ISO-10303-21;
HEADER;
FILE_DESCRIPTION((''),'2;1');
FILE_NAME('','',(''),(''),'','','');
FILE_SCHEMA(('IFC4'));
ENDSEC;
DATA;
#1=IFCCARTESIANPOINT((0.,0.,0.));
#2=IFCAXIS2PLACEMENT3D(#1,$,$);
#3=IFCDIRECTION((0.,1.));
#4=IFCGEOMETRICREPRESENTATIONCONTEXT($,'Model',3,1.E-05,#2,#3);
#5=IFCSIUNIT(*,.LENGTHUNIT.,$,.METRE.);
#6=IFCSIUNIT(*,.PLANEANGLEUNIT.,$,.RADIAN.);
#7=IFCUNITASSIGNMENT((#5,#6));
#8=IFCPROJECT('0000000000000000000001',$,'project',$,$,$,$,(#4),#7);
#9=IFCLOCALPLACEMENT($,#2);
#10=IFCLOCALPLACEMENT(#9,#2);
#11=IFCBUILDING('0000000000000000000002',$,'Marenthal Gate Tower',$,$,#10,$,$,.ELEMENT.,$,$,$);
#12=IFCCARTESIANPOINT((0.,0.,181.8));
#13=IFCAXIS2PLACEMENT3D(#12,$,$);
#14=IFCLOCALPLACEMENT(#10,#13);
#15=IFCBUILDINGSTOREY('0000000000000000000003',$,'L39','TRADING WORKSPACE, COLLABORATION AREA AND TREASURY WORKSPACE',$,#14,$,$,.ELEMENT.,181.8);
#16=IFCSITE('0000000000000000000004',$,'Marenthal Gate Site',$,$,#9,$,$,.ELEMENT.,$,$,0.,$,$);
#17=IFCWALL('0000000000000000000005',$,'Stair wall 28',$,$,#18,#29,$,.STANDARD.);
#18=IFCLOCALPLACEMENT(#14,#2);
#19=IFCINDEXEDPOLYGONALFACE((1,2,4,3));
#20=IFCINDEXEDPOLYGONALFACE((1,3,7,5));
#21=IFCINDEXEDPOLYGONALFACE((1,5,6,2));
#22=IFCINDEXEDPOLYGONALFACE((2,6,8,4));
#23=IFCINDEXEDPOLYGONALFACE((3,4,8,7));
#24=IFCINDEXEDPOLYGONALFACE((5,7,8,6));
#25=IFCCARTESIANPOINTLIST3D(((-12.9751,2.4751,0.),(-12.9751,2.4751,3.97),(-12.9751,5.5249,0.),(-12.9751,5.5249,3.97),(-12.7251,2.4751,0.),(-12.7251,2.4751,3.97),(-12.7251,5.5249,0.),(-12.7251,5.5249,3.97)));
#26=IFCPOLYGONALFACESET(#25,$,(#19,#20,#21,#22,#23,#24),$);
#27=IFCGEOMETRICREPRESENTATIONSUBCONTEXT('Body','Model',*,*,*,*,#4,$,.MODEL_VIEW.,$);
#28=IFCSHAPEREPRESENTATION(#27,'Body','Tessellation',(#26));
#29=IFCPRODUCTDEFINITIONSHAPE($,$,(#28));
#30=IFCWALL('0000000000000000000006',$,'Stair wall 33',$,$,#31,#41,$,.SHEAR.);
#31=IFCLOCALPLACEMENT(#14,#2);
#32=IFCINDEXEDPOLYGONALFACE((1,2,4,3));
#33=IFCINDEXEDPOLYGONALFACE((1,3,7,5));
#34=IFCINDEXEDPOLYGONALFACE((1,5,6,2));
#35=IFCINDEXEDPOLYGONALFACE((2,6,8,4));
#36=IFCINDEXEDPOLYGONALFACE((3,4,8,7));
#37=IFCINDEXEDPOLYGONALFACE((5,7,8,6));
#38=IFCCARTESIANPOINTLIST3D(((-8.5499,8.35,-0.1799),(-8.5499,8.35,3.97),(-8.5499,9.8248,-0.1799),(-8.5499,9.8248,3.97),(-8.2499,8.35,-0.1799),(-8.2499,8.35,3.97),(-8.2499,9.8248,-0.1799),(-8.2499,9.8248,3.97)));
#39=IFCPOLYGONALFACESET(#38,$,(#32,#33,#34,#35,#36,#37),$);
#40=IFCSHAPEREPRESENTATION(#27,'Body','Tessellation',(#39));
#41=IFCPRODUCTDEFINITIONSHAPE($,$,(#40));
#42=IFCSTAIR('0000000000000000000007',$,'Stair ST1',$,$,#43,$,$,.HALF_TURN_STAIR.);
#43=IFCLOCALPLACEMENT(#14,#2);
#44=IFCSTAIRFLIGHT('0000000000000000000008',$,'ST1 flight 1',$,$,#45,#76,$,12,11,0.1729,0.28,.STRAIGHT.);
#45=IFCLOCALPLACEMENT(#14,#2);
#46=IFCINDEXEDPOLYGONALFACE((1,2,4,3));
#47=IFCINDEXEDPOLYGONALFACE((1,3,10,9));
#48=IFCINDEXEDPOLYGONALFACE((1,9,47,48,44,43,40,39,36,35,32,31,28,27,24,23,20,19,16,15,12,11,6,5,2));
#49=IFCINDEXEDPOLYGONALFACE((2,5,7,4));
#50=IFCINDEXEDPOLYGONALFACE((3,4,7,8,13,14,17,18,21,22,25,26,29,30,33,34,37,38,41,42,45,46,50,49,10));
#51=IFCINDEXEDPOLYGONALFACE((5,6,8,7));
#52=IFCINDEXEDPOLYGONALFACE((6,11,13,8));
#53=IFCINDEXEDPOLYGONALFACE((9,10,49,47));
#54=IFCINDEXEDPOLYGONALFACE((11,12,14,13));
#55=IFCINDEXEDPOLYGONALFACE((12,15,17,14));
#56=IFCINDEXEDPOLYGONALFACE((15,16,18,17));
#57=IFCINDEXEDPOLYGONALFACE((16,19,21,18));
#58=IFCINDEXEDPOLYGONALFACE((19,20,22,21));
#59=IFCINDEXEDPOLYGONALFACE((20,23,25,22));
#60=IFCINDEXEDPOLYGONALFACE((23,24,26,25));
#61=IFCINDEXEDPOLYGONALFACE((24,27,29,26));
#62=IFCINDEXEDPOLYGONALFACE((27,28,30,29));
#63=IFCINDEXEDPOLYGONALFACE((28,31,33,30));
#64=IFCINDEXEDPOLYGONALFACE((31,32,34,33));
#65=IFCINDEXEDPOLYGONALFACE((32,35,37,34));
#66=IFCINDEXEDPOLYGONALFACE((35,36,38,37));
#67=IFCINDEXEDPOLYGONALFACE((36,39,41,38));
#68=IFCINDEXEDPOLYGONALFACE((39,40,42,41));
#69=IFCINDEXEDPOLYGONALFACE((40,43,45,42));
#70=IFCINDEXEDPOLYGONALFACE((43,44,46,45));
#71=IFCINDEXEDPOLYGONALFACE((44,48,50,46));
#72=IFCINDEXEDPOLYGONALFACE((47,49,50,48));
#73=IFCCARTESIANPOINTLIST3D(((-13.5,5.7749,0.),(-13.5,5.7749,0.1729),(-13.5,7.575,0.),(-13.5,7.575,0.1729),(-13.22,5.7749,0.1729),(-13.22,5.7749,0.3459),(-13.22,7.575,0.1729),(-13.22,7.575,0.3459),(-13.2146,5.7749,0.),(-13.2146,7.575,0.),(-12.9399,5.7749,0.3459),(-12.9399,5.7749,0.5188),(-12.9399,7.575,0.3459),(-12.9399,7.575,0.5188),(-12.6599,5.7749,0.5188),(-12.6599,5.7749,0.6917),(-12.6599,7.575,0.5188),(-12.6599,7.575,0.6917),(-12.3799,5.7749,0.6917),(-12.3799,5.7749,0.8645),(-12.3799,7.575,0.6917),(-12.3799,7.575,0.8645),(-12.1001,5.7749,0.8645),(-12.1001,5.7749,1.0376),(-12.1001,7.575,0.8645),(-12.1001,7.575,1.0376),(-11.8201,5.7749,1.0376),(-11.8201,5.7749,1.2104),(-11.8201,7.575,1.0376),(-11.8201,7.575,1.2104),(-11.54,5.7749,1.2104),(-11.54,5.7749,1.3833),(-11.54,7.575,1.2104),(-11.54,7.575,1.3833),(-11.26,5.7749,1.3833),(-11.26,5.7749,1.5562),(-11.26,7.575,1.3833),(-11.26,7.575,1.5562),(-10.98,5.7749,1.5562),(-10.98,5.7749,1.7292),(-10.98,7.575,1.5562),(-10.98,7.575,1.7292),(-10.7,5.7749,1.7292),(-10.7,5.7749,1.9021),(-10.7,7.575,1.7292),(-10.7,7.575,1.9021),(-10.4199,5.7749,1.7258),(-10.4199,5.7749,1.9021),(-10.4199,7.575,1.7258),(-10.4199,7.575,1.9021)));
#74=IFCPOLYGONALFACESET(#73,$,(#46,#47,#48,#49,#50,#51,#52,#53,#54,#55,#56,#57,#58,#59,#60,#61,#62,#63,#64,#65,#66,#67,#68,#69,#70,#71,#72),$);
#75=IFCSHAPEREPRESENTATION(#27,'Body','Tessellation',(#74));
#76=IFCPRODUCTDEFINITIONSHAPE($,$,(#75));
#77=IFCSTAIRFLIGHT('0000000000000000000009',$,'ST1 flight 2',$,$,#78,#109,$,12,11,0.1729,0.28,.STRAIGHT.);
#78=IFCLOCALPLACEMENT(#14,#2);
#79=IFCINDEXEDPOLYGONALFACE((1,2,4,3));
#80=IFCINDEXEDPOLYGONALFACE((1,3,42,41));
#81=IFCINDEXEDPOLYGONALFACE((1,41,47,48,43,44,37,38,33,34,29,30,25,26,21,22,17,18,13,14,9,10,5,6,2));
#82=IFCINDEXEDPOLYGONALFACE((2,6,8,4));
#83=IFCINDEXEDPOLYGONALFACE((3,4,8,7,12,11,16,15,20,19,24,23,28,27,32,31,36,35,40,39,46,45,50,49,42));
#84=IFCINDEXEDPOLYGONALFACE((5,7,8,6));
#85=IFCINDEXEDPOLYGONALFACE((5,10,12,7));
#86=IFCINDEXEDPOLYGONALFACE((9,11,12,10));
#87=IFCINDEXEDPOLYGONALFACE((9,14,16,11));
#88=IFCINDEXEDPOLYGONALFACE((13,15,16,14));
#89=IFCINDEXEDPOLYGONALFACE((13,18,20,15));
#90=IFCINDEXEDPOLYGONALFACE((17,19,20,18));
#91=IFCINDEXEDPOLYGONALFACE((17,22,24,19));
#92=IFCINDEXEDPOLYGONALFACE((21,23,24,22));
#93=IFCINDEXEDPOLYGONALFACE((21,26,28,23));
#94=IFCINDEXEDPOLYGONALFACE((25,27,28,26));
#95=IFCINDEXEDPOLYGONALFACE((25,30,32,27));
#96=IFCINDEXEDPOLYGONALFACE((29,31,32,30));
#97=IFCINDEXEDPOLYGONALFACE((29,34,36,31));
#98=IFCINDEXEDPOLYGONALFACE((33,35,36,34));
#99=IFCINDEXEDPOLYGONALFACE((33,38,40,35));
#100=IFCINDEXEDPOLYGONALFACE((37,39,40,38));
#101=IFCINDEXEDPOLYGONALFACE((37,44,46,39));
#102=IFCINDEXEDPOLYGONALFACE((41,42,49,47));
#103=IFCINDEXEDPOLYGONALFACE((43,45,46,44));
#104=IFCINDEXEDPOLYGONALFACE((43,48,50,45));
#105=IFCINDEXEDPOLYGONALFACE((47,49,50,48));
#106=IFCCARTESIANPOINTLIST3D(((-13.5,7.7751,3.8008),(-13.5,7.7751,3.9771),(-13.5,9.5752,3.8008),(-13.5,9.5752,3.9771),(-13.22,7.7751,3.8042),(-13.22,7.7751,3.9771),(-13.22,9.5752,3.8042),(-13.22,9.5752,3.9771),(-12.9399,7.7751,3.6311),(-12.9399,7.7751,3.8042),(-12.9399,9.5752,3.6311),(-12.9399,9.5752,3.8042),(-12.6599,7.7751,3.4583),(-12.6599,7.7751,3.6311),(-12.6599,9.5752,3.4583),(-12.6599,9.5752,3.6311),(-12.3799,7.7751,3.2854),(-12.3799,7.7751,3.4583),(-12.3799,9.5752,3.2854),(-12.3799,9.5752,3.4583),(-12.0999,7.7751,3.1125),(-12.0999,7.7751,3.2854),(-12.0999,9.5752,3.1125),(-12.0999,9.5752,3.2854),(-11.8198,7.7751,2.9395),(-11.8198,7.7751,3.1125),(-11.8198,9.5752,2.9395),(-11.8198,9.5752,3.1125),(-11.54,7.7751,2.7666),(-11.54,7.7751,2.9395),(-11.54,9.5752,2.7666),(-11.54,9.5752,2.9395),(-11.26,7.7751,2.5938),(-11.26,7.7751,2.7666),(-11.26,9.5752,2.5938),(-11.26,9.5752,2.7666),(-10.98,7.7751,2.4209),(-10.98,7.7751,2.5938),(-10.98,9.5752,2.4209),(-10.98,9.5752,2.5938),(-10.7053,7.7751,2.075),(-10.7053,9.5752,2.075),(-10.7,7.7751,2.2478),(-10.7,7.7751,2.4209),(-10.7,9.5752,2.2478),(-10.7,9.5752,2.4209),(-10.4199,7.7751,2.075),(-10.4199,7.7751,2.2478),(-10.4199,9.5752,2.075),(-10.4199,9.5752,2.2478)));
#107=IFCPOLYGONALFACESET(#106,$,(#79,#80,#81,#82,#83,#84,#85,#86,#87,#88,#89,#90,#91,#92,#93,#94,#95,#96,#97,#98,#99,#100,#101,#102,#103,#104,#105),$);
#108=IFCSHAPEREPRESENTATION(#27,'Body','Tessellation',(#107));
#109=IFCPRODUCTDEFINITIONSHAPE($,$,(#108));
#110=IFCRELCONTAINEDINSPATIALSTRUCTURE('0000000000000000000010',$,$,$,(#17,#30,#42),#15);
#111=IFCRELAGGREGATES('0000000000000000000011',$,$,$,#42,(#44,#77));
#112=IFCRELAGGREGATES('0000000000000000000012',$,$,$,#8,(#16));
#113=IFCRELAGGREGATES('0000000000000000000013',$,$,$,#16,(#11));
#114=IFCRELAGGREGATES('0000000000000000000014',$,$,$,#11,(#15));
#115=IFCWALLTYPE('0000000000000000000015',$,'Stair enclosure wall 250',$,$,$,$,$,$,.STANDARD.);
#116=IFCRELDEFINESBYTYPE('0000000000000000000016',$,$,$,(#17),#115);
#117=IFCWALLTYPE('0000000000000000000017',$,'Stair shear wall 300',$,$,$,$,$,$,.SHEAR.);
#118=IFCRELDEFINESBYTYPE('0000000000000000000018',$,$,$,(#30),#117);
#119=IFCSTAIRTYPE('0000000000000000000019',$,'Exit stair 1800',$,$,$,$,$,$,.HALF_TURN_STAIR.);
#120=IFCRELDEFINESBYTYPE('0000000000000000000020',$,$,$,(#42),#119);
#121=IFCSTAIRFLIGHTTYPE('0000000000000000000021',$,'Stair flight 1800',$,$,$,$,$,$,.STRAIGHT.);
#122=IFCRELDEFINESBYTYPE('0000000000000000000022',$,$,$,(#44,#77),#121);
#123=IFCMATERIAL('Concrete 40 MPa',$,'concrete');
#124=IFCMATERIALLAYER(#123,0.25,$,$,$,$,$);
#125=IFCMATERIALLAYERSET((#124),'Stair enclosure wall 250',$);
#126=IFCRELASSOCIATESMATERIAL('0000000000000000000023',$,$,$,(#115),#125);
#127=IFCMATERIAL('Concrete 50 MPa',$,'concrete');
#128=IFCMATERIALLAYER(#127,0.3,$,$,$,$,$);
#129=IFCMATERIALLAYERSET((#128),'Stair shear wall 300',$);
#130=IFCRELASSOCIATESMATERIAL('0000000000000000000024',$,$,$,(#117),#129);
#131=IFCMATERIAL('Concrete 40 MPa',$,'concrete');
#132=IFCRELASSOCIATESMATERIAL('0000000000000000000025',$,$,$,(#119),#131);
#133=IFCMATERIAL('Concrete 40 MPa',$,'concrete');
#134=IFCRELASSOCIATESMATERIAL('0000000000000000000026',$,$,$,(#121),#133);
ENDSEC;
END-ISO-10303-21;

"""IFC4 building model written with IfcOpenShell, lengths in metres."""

from ifc_helpers import new_model, si_unit, direction, frame, frame_2d, origin, place, context, subcontext, project, spatial, polyline, rectangle, outline, extrude, material, layer, layer_set, type_object, element, aggregate, save


model = new_model("IFC4")

# Units and contexts
model_context = context("Model", 3, precision=1e-05, world=origin(), true_north=direction((0.0, 1.0)))
body_context = subcontext(model_context, "Body", "Model", "MODEL_VIEW")
ifc_project = project(units=[si_unit("LENGTHUNIT", "METRE"), si_unit("PLANEANGLEUNIT", "RADIAN")], contexts=[model_context])

# Site, building, storey
site_placement = place(None, origin())
site = spatial("IfcSite", under=ifc_project, at=site_placement, Name="Marenthal Gate Site", CompositionType="ELEMENT", RefElevation=0.0)
building_placement = place(site_placement, origin())
building = spatial("IfcBuilding", under=site, at=building_placement, Name="Marenthal Gate Tower", CompositionType="ELEMENT")
storey_placement = place(building_placement, frame((0.0, 0.0, 181.8)))
storey = spatial("IfcBuildingStorey", under=building, at=storey_placement, Name="L39", Description="TRADING WORKSPACE, COLLABORATION AREA AND TREASURY WORKSPACE", CompositionType="ELEMENT", Elevation=181.8)

# Walls
ifc_material_1 = material(Name="Concrete 40 MPa", Category="concrete")
ifc_layer_1 = layer(ifc_material_1, 0.25)
ifc_layer_set_1 = layer_set([ifc_layer_1], Name="Stair enclosure wall 250")
wall_type_1 = type_object("IfcWallType", Name="Stair enclosure wall 250", PredefinedType="STANDARD", material=ifc_layer_set_1)
wall_1_placement = place(storey_placement, frame((-12.8501, 2.4751, 0.0), z_axis=(0.0, 0.0, 1.0), x_axis=(0.0, 1.0, 0.0)))
element("IfcWall", 1, at=wall_1_placement, inside=storey, type_object=wall_type_1, Name="Stair wall 28", PredefinedType="STANDARD", context=body_context, shape_type="SweptSolid", body=[
    extrude(rectangle(XDim=3.0498, YDim=0.25, at=frame_2d((1.5249, 0.0))), origin(), (0.0, 0.0, 1.0), 3.97),
])
ifc_material_2 = material(Name="Concrete 50 MPa", Category="concrete")
ifc_layer_2 = layer(ifc_material_2, 0.3)
ifc_layer_set_2 = layer_set([ifc_layer_2], Name="Stair shear wall 300")
wall_type_2 = type_object("IfcWallType", Name="Stair shear wall 300", PredefinedType="SHEAR", material=ifc_layer_set_2)
wall_2_placement = place(storey_placement, frame((-8.3999, 8.3501, -0.1799), z_axis=(0.0, 0.0, 1.0), x_axis=(0.0, 1.0, 0.0)))
element("IfcWall", 2, at=wall_2_placement, inside=storey, type_object=wall_type_2, Name="Stair wall 33", PredefinedType="SHEAR", context=body_context, shape_type="SweptSolid", body=[
    extrude(rectangle(XDim=1.4749, YDim=0.3, at=frame_2d((0.7373, 0.0))), origin(), (0.0, 0.0, 1.0), 4.1499),
])

# Stair, stair flights
ifc_material_3 = material(Name="Concrete 40 MPa", Category="concrete")
stair_type = type_object("IfcStairType", Name="Exit stair 1800", PredefinedType="HALF_TURN_STAIR", material=ifc_material_3)
stair_placement = place(storey_placement, origin())
stair = element("IfcStair", 3, at=stair_placement, inside=storey, type_object=stair_type, Name="Stair ST1", PredefinedType="HALF_TURN_STAIR")
ifc_material_4 = material(Name="Concrete 40 MPa", Category="concrete")
stair_flight_type = type_object("IfcStairFlightType", Name="Stair flight 1800", PredefinedType="STRAIGHT", material=ifc_material_4)
stair_flight_1_placement = place(storey_placement, frame((-13.5, 6.675, 0.0), z_axis=(0.0, 0.0, 1.0), x_axis=(1.0, 0.0, 0.0)))
stair_flight_1 = element("IfcStairFlight", 4, at=stair_flight_1_placement, type_object=stair_flight_type, Name="ST1 flight 1", NumberOfRisers=12, NumberOfTreads=11, PredefinedType="STRAIGHT", RiserHeight=0.1729, TreadLength=0.28, context=body_context, shape_type="SweptSolid", body=[
    extrude(outline(polyline([(0.0, 0.0), (0.0, 0.1729), (0.28, 0.1729), (0.28, 0.3459), (0.5601, 0.3459), (0.5601, 0.5188), (0.8401, 0.5188), (0.8401, 0.6917), (1.1201, 0.6917), (1.1201, 0.8645), (1.3999, 0.8645), (1.3999, 1.0376), (1.6799, 1.0376), (1.6799, 1.2104), (1.96, 1.2104), (1.96, 1.3833), (2.24, 1.3833), (2.24, 1.5562), (2.52, 1.5562), (2.52, 1.7292), (2.8, 1.7292), (2.8, 1.9021), (3.0801, 1.9021), (3.0801, 2.075), (3.0801, 1.7258), (0.2854, 0.0), (0.0, 0.0)])), frame((0.0, 0.8999, 0.0), z_axis=(0.0, -1.0, 0.0), x_axis=(1.0, 0.0, 0.0)), (0.0, 0.0, 1.0), 1.8),
])
stair_flight_2_placement = place(storey_placement, frame((-10.4199, 8.675, 2.075), z_axis=(0.0, 0.0, 1.0), x_axis=(-1.0, 0.0, 0.0)))
stair_flight_2 = element("IfcStairFlight", 5, at=stair_flight_2_placement, type_object=stair_flight_type, Name="ST1 flight 2", NumberOfRisers=12, NumberOfTreads=11, PredefinedType="STRAIGHT", RiserHeight=0.1729, TreadLength=0.28, context=body_context, shape_type="SweptSolid", body=[
    extrude(outline(polyline([(0.0, 0.0), (0.0, 0.1729), (0.28, 0.1729), (0.28, 0.3459), (0.5601, 0.3459), (0.5601, 0.5188), (0.8401, 0.5188), (0.8401, 0.6917), (1.1201, 0.6917), (1.1201, 0.8645), (1.3999, 0.8645), (1.3999, 1.0376), (1.6799, 1.0376), (1.6799, 1.2104), (1.96, 1.2104), (1.96, 1.3833), (2.24, 1.3833), (2.24, 1.5562), (2.52, 1.5562), (2.52, 1.7292), (2.8, 1.7292), (2.8, 1.9021), (3.0801, 1.9021), (3.0801, 2.075), (3.0801, 1.7258), (0.2854, 0.0), (0.0, 0.0)])), frame((0.0, 0.8999, 0.0), z_axis=(0.0, -1.0, 0.0), x_axis=(1.0, 0.0, 0.0)), (0.0, 0.0, 1.0), 1.8),
])
aggregate(stair, [stair_flight_1, stair_flight_2])

save(model, "model.ifc")
